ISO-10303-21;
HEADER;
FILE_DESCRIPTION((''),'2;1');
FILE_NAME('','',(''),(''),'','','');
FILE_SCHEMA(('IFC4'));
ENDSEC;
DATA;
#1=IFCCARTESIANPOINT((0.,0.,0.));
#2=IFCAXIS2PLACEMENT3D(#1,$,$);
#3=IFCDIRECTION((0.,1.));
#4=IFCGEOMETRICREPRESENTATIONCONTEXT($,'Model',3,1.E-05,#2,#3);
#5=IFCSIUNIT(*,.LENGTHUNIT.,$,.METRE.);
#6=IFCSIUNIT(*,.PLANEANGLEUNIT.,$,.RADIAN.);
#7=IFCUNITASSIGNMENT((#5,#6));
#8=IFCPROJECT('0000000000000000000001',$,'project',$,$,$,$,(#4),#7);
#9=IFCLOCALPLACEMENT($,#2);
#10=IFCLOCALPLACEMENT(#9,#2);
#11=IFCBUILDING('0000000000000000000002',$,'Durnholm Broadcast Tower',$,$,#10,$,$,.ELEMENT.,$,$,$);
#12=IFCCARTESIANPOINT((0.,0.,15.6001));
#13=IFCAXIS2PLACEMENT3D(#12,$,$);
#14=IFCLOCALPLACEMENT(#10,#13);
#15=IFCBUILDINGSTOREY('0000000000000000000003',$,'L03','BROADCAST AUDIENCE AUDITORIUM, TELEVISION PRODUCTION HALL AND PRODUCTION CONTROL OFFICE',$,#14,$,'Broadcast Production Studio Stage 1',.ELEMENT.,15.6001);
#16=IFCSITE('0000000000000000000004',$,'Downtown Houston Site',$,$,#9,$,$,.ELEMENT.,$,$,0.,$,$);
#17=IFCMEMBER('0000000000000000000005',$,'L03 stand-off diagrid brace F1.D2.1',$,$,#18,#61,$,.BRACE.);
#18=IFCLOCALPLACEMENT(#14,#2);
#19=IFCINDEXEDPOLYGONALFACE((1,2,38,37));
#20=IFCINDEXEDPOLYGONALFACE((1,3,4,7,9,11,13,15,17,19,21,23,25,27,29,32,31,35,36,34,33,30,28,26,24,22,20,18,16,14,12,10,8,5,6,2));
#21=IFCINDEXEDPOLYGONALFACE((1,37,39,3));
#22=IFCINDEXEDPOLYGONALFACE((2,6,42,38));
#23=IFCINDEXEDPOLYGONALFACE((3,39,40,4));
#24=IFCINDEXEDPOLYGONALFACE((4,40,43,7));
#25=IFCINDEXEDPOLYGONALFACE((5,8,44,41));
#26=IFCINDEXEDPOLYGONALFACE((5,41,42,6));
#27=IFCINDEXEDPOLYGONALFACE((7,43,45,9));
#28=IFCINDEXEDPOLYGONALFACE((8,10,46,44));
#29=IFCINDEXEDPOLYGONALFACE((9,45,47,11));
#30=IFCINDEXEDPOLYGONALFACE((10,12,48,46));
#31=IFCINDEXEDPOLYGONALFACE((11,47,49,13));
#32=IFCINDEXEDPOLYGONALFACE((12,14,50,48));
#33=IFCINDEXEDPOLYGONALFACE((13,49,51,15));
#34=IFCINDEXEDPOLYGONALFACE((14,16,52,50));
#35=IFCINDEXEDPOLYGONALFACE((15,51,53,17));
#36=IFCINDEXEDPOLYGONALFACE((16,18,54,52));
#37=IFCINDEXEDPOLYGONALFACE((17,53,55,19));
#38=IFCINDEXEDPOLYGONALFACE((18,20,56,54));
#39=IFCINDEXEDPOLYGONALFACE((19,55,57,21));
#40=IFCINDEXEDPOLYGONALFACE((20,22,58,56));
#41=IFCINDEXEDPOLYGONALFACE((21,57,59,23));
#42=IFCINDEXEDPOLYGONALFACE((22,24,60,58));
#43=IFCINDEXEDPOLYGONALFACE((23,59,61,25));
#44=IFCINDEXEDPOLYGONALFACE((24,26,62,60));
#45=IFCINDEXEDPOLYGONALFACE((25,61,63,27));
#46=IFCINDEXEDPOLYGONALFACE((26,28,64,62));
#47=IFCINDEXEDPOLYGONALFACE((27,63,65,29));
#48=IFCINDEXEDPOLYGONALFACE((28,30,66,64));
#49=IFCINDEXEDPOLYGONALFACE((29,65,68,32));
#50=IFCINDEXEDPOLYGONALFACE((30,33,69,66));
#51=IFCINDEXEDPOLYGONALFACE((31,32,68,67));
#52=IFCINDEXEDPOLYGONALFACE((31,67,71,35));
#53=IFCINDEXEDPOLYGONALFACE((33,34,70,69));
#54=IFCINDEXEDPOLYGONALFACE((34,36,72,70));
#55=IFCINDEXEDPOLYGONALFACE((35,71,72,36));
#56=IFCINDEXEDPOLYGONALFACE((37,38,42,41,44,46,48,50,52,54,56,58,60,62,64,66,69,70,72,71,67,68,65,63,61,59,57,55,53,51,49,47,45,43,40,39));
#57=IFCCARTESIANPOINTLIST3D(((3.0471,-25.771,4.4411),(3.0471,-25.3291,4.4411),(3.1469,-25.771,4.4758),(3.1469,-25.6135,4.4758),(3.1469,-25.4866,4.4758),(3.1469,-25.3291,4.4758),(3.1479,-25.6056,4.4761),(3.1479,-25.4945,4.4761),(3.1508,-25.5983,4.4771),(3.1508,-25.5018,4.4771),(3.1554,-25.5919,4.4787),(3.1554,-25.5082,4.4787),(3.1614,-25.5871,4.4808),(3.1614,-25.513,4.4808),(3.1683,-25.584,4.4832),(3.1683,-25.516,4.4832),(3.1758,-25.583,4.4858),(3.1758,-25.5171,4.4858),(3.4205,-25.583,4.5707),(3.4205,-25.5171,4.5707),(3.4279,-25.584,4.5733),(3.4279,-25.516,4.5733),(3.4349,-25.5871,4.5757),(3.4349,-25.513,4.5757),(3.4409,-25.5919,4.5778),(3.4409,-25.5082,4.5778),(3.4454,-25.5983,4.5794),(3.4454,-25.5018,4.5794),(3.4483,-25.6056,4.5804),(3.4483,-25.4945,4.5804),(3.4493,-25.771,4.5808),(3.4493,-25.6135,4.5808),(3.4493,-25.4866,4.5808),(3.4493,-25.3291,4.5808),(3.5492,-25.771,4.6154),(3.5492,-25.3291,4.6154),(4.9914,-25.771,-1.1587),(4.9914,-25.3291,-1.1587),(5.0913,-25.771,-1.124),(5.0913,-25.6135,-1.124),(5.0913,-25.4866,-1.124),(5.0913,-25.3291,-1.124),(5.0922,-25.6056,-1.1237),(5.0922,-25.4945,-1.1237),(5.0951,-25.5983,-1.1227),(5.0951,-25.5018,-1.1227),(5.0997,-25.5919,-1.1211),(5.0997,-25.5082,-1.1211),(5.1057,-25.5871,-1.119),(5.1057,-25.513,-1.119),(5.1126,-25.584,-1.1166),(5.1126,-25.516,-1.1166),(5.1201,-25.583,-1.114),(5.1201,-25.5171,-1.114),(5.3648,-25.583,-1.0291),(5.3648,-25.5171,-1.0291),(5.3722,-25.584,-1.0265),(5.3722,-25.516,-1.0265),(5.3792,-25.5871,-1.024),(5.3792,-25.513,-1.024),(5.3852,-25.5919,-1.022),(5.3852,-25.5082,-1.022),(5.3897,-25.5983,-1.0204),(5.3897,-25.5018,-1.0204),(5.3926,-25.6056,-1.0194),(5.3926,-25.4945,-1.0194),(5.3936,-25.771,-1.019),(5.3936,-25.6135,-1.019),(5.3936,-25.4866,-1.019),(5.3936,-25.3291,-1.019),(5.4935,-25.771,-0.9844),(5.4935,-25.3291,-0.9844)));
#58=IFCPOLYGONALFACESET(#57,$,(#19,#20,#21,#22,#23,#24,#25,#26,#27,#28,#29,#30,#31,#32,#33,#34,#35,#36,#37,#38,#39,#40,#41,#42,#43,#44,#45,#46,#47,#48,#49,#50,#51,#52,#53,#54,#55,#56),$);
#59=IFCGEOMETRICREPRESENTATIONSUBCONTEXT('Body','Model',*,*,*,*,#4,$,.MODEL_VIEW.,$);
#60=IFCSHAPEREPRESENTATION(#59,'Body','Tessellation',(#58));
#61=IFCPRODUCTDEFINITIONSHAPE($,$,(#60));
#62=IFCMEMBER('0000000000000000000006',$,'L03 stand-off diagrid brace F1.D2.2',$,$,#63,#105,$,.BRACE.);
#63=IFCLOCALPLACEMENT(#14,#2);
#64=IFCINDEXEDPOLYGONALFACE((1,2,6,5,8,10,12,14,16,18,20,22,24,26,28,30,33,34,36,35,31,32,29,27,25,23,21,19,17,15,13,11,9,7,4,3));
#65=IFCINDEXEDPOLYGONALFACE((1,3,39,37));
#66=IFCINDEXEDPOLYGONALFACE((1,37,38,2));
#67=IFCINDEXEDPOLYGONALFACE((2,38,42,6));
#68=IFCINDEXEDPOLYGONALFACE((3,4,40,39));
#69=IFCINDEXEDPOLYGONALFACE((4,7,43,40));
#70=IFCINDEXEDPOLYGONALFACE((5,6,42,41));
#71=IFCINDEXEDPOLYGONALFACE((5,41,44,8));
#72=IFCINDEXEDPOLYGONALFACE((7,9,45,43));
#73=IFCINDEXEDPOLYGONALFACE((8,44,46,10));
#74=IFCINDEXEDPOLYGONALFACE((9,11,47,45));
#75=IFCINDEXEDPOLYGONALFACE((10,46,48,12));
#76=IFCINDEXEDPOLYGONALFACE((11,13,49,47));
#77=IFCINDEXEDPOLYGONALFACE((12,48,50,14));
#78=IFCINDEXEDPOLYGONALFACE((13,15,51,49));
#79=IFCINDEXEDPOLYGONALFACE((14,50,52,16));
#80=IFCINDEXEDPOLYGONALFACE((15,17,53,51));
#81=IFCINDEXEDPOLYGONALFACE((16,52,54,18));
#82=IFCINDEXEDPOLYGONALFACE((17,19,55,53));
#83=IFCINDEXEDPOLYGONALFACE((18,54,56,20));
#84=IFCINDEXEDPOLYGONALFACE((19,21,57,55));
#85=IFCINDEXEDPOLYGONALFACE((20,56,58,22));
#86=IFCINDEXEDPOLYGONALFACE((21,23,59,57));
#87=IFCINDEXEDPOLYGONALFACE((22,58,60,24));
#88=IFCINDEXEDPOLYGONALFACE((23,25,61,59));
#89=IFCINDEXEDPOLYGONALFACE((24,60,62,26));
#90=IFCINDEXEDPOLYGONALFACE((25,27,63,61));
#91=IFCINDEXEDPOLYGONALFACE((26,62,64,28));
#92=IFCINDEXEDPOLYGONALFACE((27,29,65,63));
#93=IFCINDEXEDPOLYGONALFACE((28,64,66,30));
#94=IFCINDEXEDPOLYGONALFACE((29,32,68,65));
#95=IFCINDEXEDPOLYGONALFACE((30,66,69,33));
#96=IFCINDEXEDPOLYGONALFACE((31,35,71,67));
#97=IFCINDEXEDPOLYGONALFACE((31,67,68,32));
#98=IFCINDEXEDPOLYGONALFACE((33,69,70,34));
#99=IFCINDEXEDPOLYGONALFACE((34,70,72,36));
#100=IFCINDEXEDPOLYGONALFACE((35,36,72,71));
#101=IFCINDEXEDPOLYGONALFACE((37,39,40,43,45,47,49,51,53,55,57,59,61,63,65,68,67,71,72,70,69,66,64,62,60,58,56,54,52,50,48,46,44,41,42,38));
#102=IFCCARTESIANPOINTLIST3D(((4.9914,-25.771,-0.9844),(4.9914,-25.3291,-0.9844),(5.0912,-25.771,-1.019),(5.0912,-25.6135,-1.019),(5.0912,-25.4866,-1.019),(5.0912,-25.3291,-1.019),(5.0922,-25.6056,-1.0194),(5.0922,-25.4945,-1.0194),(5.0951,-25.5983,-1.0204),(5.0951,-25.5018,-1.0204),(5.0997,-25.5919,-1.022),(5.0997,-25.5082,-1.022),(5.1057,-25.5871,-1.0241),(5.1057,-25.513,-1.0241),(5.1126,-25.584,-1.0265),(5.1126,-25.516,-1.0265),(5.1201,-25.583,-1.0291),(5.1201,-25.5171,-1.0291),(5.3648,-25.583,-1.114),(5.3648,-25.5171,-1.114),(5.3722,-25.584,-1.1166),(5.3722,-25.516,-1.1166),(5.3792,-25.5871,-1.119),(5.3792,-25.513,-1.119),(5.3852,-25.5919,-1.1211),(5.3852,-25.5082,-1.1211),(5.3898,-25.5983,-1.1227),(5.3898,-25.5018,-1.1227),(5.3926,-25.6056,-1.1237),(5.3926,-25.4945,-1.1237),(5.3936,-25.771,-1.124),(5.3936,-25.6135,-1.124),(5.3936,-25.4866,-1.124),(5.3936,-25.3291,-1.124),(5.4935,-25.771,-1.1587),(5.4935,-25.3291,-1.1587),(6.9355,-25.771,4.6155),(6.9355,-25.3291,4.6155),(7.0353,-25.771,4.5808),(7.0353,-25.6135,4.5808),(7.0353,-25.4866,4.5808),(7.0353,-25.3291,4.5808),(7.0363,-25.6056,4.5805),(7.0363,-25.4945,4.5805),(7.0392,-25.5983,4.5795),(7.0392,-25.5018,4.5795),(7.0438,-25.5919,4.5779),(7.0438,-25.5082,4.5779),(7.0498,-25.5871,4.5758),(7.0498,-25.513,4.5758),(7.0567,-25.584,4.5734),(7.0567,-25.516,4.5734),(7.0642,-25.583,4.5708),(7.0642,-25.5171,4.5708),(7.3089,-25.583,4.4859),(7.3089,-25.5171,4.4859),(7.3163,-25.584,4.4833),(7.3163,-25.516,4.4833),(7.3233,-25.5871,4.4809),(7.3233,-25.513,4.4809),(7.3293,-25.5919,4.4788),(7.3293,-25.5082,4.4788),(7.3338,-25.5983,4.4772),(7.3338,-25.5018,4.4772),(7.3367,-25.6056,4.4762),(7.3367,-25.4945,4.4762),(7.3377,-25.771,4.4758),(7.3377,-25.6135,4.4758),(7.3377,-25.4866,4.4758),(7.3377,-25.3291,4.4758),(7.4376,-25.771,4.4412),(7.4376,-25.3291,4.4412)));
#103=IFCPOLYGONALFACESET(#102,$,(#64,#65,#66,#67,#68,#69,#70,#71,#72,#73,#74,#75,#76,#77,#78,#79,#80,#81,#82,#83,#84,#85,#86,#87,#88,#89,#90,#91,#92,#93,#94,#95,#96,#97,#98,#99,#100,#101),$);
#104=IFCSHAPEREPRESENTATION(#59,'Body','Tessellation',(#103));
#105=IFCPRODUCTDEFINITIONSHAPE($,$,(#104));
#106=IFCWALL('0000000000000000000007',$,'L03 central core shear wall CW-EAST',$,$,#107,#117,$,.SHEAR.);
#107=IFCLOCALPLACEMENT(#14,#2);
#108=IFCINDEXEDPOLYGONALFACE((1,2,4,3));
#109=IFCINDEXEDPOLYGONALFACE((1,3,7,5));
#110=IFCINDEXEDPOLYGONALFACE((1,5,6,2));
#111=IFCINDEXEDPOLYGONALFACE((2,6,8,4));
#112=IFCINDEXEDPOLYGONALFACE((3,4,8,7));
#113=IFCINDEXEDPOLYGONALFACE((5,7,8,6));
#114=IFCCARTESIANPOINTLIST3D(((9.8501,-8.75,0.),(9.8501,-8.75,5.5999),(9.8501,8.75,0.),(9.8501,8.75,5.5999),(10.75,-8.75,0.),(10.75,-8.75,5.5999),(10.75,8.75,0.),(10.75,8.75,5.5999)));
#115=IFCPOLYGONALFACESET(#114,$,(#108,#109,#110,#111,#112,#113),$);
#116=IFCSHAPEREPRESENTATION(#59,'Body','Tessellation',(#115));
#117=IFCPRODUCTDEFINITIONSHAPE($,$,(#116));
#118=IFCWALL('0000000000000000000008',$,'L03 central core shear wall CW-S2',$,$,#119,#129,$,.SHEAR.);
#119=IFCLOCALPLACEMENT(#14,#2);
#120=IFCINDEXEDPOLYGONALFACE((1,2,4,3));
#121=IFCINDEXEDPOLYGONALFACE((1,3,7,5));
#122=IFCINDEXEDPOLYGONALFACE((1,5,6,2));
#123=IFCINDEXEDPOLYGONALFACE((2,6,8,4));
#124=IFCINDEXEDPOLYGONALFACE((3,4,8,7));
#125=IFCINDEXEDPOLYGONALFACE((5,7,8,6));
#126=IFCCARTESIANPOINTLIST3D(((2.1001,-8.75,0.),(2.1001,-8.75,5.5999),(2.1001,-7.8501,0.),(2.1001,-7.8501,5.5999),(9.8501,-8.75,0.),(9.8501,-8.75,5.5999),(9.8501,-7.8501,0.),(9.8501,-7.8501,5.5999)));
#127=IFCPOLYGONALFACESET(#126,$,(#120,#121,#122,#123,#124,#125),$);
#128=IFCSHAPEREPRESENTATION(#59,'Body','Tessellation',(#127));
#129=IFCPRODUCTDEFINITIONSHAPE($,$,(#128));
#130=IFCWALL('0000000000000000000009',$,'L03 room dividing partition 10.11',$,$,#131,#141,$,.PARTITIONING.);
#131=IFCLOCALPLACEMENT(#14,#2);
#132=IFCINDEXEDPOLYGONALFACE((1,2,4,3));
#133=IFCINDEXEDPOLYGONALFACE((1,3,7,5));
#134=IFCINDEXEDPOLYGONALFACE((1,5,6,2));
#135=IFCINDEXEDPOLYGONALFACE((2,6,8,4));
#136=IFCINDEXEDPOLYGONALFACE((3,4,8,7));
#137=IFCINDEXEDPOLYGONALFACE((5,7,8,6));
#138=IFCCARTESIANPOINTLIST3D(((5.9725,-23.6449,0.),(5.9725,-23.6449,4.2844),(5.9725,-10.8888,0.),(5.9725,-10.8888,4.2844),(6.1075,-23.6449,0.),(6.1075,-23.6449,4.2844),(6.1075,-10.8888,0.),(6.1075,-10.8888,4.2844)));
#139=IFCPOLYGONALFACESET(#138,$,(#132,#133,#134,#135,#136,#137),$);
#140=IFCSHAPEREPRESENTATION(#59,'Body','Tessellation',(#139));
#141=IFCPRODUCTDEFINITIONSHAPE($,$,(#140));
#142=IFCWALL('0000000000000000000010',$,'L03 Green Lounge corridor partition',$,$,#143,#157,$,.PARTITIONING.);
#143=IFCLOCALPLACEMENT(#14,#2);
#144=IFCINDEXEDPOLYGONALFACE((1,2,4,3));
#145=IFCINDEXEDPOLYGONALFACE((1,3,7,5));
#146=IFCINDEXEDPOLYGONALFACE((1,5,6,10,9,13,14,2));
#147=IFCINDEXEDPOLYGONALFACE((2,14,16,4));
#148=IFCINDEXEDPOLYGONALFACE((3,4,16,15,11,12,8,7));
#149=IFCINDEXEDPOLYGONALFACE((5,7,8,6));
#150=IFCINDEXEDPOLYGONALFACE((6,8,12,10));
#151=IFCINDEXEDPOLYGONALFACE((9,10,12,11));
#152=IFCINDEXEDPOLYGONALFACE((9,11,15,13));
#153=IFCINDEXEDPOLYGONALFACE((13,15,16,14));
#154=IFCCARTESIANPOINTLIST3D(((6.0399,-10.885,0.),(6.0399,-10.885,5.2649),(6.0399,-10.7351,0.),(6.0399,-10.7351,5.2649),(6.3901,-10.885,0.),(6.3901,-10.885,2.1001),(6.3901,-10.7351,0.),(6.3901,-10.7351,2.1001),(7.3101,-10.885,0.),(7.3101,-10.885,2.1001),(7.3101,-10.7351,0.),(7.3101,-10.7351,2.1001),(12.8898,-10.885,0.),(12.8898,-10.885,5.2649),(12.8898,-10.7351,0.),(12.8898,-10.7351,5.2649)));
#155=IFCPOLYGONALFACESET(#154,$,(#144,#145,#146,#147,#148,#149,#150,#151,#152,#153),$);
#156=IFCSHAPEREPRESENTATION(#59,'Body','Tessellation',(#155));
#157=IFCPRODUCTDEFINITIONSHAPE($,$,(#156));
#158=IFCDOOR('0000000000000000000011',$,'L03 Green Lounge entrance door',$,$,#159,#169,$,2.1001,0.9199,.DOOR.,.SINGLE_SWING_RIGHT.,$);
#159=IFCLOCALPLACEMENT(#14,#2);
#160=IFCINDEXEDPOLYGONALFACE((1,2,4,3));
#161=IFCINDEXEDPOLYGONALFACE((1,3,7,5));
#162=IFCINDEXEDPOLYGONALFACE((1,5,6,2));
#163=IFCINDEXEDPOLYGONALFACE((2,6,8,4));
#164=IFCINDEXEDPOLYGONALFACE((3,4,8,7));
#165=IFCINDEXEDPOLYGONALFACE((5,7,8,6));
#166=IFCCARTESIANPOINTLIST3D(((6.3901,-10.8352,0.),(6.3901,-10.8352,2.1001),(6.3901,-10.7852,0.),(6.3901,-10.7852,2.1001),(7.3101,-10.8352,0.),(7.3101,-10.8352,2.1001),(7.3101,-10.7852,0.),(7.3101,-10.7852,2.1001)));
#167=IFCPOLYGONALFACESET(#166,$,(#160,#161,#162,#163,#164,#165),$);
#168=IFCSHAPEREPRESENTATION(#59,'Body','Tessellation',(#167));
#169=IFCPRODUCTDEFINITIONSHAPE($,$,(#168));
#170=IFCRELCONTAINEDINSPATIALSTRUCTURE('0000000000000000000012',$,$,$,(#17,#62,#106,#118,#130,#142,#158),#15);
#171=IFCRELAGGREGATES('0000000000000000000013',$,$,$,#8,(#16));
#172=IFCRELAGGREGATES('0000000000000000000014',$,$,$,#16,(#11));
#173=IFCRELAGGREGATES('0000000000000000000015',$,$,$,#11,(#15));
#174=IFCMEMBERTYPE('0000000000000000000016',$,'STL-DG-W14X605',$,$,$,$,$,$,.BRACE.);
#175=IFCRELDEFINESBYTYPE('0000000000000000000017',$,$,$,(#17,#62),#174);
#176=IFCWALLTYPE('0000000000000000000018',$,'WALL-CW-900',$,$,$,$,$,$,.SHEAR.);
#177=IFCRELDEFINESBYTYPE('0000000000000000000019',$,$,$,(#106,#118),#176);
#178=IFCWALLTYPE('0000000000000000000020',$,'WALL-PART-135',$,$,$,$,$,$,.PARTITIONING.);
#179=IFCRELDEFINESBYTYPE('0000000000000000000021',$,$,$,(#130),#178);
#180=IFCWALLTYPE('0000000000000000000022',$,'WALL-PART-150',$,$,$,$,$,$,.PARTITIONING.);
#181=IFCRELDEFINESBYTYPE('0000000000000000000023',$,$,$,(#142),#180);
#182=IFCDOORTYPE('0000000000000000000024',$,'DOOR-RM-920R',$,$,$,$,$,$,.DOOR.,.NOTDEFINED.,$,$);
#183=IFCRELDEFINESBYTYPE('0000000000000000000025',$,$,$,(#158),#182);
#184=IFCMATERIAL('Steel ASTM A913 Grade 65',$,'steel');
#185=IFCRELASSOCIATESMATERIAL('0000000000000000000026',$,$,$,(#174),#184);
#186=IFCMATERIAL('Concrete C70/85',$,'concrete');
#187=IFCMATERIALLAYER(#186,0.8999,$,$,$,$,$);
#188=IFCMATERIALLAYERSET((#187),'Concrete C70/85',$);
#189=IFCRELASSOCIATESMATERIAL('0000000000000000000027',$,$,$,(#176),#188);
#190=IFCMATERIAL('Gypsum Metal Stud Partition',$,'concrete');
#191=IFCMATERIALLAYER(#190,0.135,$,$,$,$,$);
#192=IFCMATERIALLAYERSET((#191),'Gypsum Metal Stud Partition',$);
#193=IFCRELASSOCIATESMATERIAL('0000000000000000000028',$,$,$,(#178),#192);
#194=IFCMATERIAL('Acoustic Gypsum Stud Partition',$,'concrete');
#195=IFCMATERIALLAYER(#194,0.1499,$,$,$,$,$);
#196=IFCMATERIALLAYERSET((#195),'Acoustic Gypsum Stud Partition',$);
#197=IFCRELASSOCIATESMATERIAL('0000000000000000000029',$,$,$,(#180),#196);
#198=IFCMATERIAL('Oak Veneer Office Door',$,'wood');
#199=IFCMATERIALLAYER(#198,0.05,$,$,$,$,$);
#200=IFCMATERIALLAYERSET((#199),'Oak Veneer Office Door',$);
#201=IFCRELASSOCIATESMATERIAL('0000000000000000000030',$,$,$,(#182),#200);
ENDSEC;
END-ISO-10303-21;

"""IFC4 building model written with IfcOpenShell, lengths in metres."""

from ifc_helpers import new_model, si_unit, direction, frame, frame_2d, origin, origin_2d, place, context, subcontext, project, spatial, rectangle, i_section, extrude, source, transform, mapped, material, layer, layer_set, material_profile, profile_set, type_object, type_shapes, element, fill, save


model = new_model("IFC4")

# Units and contexts
model_context = context("Model", 3, precision=1e-05, world=origin(), true_north=direction((0.0, 1.0)))
body_context = subcontext(model_context, "Body", "Model", "MODEL_VIEW")
ifc_project = project(units=[si_unit("LENGTHUNIT", "METRE"), si_unit("PLANEANGLEUNIT", "RADIAN")], contexts=[model_context])

# Site, building, storey
site_placement = place(None, origin())
site = spatial("IfcSite", under=ifc_project, at=site_placement, Name="Downtown Houston Site", CompositionType="ELEMENT", RefElevation=0.0)
building_placement = place(site_placement, origin())
building = spatial("IfcBuilding", under=site, at=building_placement, Name="Durnholm Broadcast Tower", CompositionType="ELEMENT")
storey_placement = place(building_placement, frame((0.0, 0.0, 15.6001)))
storey = spatial("IfcBuildingStorey", under=building, at=storey_placement, Name="L03", Description="BROADCAST AUDIENCE AUDITORIUM, TELEVISION PRODUCTION HALL AND PRODUCTION CONTROL OFFICE", LongName="Broadcast Production Studio Stage 1", CompositionType="ELEMENT", Elevation=15.6001)

# Shared definitions
ifc_material_1 = material(Name="Concrete C70/85", Category="concrete")
ifc_material_2 = material(Name="Steel ASTM A913 Grade 65", Category="steel")

# Members
ifc_material_profile_1 = material_profile(ifc_material_2, i_section(OverallWidth=0.4419, OverallDepth=0.5315, WebThickness=0.0659, FlangeThickness=0.1057, FilletRadius=0.0305, at=origin_2d()), Name="W14X605")
ifc_profile_set_1 = profile_set([ifc_material_profile_1], Name="Steel ASTM A913 Grade 65")
member_type = type_object("IfcMemberType", Name="STL-DG-W14X605", PredefinedType="BRACE", material=ifc_profile_set_1)
shared_shape_1 = source(origin(), body_context, "Body", "SweptSolid", [
    extrude(i_section(OverallWidth=0.4419, OverallDepth=0.5315, WebThickness=0.0659, FlangeThickness=0.1057, FilletRadius=0.0305, at=origin_2d()), origin(), (0.0, 0.0, 1.0), 5.9277),
])
type_shapes(member_type, [shared_shape_1])
for number, where, z_axis, x_axis, name in (
    (1, (5.2424, -25.55, -1.0715), (-0.328003, 0.0, 0.944677), (0.0, -1.0, 0.0), "L03 stand-off diagrid brace F1.D2.1"),
    (2, (5.2424, -25.55, -1.0715), (0.327966, 0.0, 0.944689), (0.0, 1.0, 0.0), "L03 stand-off diagrid brace F1.D2.2"),
):
    element("IfcMember", number, at=place(storey_placement, frame(where, z_axis=z_axis, x_axis=x_axis)), inside=storey, type_object=member_type, Name=name, PredefinedType="BRACE", context=body_context, shape_type="MappedRepresentation", body=[
        mapped(shared_shape_1, transform((0.0, 0.0, 0.0), x_axis=(1.0, 0.0, 0.0), y_axis=(0.0, 1.0, 0.0), z_axis=(0.0, 0.0, 1.0), scale=1.0)),
    ])

# Walls
ifc_layer_1 = layer(ifc_material_1, 0.8999)
ifc_layer_set_1 = layer_set([ifc_layer_1], Name="Concrete C70/85")
wall_type_1 = type_object("IfcWallType", Name="WALL-CW-900", PredefinedType="SHEAR", material=ifc_layer_set_1)
wall_1_placement = place(storey_placement, frame((10.3, -8.75, 0.0), z_axis=(0.0, 0.0, 1.0), x_axis=(0.0, 1.0, 0.0)))
element("IfcWall", 3, at=wall_1_placement, inside=storey, type_object=wall_type_1, Name="L03 central core shear wall CW-EAST", PredefinedType="SHEAR", context=body_context, shape_type="SweptSolid", body=[
    extrude(rectangle(XDim=17.5, YDim=0.8999, at=frame_2d((8.75, 0.0))), origin(), (0.0, 0.0, 1.0), 5.5999),
])
wall_2_placement = place(storey_placement, frame((2.1001, -8.3, 0.0), z_axis=(0.0, 0.0, 1.0), x_axis=(1.0, 0.0, 0.0)))
element("IfcWall", 4, at=wall_2_placement, inside=storey, type_object=wall_type_1, Name="L03 central core shear wall CW-S2", PredefinedType="SHEAR", context=body_context, shape_type="SweptSolid", body=[
    extrude(rectangle(XDim=7.75, YDim=0.8999, at=frame_2d((3.875, 0.0))), origin(), (0.0, 0.0, 1.0), 5.5999),
])

# Wall
ifc_material_3 = material(Name="Gypsum Metal Stud Partition", Category="concrete")
ifc_layer_2 = layer(ifc_material_3, 0.135)
ifc_layer_set_2 = layer_set([ifc_layer_2], Name="Gypsum Metal Stud Partition")
wall_type_2 = type_object("IfcWallType", Name="WALL-PART-135", PredefinedType="PARTITIONING", material=ifc_layer_set_2)
wall_3_placement = place(storey_placement, frame((6.04, -10.8889, 0.0), z_axis=(0.0, 0.0, 1.0), x_axis=(0.0, -1.0, 0.0)))
element("IfcWall", 5, at=wall_3_placement, inside=storey, type_object=wall_type_2, Name="L03 room dividing partition 10.11", PredefinedType="PARTITIONING", context=body_context, shape_type="SweptSolid", body=[
    extrude(rectangle(XDim=12.7561, YDim=0.135, at=frame_2d((6.3779, 0.0))), origin(), (0.0, 0.0, 1.0), 4.2844),
])

# Wall, opening, door
ifc_material_4 = material(Name="Acoustic Gypsum Stud Partition", Category="concrete")
ifc_layer_3 = layer(ifc_material_4, 0.1499)
ifc_layer_set_3 = layer_set([ifc_layer_3], Name="Acoustic Gypsum Stud Partition")
wall_type_3 = type_object("IfcWallType", Name="WALL-PART-150", PredefinedType="PARTITIONING", material=ifc_layer_set_3)
wall_4_placement = place(storey_placement, frame((6.04, -10.8101, 0.0), z_axis=(0.0, 0.0, 1.0), x_axis=(1.0, 0.0, 0.0)))
wall_4 = element("IfcWall", 6, at=wall_4_placement, inside=storey, type_object=wall_type_3, Name="L03 Green Lounge corridor partition", PredefinedType="PARTITIONING", context=body_context, shape_type="SweptSolid", body=[
    extrude(rectangle(XDim=6.8499, YDim=0.1499, at=frame_2d((3.4248, 0.0))), origin(), (0.0, 0.0, 1.0), 5.2649),
])
opening_1_placement = place(wall_4_placement, frame((0.3501, 0.0, 0.0)))
opening_1 = element("IfcOpeningElement", 7, at=opening_1_placement, cuts=wall_4, PredefinedType="OPENING", context=body_context, shape_type="SweptSolid", body=[
    extrude(rectangle(XDim=0.9199, YDim=2.1001, at=frame_2d((0.46, 1.05))), frame((0.0, 0.085, 0.0), z_axis=(0.0, -1.0, 0.0), x_axis=(1.0, 0.0, 0.0)), (0.0, 0.0, 1.0), 0.1699),
])
ifc_material_5 = material(Name="Oak Veneer Office Door", Category="wood")
ifc_layer_4 = layer(ifc_material_5, 0.05)
ifc_layer_set_4 = layer_set([ifc_layer_4], Name="Oak Veneer Office Door")
door_type_1 = type_object("IfcDoorType", Name="DOOR-RM-920R", OperationType="NOTDEFINED", PredefinedType="DOOR", material=ifc_layer_set_4)
shared_shape_2 = source(origin(), body_context, "Body", "SweptSolid", [
    extrude(rectangle(XDim=0.9199, YDim=2.1001, at=frame_2d((0.46, 1.05))), frame((0.0, 0.0249, 0.0), z_axis=(0.0, -1.0, 0.0), x_axis=(1.0, 0.0, 0.0)), (0.0, 0.0, 1.0), 0.05),
])
type_shapes(door_type_1, [shared_shape_2])
door_1_placement = place(opening_1_placement, origin())
door_1 = element("IfcDoor", 8, at=door_1_placement, inside=storey, type_object=door_type_1, Name="L03 Green Lounge entrance door", OperationType="SINGLE_SWING_RIGHT", OverallHeight=2.1001, OverallWidth=0.9199, PredefinedType="DOOR", context=body_context, shape_type="MappedRepresentation", body=[
    mapped(shared_shape_2, transform((0.0, 0.0, 0.0), x_axis=(1.0, 0.0, 0.0), y_axis=(0.0, 1.0, 0.0), z_axis=(0.0, 0.0, 1.0), scale=1.0)),
])
fill(opening_1, door_1)

save(model, "model.ifc")
